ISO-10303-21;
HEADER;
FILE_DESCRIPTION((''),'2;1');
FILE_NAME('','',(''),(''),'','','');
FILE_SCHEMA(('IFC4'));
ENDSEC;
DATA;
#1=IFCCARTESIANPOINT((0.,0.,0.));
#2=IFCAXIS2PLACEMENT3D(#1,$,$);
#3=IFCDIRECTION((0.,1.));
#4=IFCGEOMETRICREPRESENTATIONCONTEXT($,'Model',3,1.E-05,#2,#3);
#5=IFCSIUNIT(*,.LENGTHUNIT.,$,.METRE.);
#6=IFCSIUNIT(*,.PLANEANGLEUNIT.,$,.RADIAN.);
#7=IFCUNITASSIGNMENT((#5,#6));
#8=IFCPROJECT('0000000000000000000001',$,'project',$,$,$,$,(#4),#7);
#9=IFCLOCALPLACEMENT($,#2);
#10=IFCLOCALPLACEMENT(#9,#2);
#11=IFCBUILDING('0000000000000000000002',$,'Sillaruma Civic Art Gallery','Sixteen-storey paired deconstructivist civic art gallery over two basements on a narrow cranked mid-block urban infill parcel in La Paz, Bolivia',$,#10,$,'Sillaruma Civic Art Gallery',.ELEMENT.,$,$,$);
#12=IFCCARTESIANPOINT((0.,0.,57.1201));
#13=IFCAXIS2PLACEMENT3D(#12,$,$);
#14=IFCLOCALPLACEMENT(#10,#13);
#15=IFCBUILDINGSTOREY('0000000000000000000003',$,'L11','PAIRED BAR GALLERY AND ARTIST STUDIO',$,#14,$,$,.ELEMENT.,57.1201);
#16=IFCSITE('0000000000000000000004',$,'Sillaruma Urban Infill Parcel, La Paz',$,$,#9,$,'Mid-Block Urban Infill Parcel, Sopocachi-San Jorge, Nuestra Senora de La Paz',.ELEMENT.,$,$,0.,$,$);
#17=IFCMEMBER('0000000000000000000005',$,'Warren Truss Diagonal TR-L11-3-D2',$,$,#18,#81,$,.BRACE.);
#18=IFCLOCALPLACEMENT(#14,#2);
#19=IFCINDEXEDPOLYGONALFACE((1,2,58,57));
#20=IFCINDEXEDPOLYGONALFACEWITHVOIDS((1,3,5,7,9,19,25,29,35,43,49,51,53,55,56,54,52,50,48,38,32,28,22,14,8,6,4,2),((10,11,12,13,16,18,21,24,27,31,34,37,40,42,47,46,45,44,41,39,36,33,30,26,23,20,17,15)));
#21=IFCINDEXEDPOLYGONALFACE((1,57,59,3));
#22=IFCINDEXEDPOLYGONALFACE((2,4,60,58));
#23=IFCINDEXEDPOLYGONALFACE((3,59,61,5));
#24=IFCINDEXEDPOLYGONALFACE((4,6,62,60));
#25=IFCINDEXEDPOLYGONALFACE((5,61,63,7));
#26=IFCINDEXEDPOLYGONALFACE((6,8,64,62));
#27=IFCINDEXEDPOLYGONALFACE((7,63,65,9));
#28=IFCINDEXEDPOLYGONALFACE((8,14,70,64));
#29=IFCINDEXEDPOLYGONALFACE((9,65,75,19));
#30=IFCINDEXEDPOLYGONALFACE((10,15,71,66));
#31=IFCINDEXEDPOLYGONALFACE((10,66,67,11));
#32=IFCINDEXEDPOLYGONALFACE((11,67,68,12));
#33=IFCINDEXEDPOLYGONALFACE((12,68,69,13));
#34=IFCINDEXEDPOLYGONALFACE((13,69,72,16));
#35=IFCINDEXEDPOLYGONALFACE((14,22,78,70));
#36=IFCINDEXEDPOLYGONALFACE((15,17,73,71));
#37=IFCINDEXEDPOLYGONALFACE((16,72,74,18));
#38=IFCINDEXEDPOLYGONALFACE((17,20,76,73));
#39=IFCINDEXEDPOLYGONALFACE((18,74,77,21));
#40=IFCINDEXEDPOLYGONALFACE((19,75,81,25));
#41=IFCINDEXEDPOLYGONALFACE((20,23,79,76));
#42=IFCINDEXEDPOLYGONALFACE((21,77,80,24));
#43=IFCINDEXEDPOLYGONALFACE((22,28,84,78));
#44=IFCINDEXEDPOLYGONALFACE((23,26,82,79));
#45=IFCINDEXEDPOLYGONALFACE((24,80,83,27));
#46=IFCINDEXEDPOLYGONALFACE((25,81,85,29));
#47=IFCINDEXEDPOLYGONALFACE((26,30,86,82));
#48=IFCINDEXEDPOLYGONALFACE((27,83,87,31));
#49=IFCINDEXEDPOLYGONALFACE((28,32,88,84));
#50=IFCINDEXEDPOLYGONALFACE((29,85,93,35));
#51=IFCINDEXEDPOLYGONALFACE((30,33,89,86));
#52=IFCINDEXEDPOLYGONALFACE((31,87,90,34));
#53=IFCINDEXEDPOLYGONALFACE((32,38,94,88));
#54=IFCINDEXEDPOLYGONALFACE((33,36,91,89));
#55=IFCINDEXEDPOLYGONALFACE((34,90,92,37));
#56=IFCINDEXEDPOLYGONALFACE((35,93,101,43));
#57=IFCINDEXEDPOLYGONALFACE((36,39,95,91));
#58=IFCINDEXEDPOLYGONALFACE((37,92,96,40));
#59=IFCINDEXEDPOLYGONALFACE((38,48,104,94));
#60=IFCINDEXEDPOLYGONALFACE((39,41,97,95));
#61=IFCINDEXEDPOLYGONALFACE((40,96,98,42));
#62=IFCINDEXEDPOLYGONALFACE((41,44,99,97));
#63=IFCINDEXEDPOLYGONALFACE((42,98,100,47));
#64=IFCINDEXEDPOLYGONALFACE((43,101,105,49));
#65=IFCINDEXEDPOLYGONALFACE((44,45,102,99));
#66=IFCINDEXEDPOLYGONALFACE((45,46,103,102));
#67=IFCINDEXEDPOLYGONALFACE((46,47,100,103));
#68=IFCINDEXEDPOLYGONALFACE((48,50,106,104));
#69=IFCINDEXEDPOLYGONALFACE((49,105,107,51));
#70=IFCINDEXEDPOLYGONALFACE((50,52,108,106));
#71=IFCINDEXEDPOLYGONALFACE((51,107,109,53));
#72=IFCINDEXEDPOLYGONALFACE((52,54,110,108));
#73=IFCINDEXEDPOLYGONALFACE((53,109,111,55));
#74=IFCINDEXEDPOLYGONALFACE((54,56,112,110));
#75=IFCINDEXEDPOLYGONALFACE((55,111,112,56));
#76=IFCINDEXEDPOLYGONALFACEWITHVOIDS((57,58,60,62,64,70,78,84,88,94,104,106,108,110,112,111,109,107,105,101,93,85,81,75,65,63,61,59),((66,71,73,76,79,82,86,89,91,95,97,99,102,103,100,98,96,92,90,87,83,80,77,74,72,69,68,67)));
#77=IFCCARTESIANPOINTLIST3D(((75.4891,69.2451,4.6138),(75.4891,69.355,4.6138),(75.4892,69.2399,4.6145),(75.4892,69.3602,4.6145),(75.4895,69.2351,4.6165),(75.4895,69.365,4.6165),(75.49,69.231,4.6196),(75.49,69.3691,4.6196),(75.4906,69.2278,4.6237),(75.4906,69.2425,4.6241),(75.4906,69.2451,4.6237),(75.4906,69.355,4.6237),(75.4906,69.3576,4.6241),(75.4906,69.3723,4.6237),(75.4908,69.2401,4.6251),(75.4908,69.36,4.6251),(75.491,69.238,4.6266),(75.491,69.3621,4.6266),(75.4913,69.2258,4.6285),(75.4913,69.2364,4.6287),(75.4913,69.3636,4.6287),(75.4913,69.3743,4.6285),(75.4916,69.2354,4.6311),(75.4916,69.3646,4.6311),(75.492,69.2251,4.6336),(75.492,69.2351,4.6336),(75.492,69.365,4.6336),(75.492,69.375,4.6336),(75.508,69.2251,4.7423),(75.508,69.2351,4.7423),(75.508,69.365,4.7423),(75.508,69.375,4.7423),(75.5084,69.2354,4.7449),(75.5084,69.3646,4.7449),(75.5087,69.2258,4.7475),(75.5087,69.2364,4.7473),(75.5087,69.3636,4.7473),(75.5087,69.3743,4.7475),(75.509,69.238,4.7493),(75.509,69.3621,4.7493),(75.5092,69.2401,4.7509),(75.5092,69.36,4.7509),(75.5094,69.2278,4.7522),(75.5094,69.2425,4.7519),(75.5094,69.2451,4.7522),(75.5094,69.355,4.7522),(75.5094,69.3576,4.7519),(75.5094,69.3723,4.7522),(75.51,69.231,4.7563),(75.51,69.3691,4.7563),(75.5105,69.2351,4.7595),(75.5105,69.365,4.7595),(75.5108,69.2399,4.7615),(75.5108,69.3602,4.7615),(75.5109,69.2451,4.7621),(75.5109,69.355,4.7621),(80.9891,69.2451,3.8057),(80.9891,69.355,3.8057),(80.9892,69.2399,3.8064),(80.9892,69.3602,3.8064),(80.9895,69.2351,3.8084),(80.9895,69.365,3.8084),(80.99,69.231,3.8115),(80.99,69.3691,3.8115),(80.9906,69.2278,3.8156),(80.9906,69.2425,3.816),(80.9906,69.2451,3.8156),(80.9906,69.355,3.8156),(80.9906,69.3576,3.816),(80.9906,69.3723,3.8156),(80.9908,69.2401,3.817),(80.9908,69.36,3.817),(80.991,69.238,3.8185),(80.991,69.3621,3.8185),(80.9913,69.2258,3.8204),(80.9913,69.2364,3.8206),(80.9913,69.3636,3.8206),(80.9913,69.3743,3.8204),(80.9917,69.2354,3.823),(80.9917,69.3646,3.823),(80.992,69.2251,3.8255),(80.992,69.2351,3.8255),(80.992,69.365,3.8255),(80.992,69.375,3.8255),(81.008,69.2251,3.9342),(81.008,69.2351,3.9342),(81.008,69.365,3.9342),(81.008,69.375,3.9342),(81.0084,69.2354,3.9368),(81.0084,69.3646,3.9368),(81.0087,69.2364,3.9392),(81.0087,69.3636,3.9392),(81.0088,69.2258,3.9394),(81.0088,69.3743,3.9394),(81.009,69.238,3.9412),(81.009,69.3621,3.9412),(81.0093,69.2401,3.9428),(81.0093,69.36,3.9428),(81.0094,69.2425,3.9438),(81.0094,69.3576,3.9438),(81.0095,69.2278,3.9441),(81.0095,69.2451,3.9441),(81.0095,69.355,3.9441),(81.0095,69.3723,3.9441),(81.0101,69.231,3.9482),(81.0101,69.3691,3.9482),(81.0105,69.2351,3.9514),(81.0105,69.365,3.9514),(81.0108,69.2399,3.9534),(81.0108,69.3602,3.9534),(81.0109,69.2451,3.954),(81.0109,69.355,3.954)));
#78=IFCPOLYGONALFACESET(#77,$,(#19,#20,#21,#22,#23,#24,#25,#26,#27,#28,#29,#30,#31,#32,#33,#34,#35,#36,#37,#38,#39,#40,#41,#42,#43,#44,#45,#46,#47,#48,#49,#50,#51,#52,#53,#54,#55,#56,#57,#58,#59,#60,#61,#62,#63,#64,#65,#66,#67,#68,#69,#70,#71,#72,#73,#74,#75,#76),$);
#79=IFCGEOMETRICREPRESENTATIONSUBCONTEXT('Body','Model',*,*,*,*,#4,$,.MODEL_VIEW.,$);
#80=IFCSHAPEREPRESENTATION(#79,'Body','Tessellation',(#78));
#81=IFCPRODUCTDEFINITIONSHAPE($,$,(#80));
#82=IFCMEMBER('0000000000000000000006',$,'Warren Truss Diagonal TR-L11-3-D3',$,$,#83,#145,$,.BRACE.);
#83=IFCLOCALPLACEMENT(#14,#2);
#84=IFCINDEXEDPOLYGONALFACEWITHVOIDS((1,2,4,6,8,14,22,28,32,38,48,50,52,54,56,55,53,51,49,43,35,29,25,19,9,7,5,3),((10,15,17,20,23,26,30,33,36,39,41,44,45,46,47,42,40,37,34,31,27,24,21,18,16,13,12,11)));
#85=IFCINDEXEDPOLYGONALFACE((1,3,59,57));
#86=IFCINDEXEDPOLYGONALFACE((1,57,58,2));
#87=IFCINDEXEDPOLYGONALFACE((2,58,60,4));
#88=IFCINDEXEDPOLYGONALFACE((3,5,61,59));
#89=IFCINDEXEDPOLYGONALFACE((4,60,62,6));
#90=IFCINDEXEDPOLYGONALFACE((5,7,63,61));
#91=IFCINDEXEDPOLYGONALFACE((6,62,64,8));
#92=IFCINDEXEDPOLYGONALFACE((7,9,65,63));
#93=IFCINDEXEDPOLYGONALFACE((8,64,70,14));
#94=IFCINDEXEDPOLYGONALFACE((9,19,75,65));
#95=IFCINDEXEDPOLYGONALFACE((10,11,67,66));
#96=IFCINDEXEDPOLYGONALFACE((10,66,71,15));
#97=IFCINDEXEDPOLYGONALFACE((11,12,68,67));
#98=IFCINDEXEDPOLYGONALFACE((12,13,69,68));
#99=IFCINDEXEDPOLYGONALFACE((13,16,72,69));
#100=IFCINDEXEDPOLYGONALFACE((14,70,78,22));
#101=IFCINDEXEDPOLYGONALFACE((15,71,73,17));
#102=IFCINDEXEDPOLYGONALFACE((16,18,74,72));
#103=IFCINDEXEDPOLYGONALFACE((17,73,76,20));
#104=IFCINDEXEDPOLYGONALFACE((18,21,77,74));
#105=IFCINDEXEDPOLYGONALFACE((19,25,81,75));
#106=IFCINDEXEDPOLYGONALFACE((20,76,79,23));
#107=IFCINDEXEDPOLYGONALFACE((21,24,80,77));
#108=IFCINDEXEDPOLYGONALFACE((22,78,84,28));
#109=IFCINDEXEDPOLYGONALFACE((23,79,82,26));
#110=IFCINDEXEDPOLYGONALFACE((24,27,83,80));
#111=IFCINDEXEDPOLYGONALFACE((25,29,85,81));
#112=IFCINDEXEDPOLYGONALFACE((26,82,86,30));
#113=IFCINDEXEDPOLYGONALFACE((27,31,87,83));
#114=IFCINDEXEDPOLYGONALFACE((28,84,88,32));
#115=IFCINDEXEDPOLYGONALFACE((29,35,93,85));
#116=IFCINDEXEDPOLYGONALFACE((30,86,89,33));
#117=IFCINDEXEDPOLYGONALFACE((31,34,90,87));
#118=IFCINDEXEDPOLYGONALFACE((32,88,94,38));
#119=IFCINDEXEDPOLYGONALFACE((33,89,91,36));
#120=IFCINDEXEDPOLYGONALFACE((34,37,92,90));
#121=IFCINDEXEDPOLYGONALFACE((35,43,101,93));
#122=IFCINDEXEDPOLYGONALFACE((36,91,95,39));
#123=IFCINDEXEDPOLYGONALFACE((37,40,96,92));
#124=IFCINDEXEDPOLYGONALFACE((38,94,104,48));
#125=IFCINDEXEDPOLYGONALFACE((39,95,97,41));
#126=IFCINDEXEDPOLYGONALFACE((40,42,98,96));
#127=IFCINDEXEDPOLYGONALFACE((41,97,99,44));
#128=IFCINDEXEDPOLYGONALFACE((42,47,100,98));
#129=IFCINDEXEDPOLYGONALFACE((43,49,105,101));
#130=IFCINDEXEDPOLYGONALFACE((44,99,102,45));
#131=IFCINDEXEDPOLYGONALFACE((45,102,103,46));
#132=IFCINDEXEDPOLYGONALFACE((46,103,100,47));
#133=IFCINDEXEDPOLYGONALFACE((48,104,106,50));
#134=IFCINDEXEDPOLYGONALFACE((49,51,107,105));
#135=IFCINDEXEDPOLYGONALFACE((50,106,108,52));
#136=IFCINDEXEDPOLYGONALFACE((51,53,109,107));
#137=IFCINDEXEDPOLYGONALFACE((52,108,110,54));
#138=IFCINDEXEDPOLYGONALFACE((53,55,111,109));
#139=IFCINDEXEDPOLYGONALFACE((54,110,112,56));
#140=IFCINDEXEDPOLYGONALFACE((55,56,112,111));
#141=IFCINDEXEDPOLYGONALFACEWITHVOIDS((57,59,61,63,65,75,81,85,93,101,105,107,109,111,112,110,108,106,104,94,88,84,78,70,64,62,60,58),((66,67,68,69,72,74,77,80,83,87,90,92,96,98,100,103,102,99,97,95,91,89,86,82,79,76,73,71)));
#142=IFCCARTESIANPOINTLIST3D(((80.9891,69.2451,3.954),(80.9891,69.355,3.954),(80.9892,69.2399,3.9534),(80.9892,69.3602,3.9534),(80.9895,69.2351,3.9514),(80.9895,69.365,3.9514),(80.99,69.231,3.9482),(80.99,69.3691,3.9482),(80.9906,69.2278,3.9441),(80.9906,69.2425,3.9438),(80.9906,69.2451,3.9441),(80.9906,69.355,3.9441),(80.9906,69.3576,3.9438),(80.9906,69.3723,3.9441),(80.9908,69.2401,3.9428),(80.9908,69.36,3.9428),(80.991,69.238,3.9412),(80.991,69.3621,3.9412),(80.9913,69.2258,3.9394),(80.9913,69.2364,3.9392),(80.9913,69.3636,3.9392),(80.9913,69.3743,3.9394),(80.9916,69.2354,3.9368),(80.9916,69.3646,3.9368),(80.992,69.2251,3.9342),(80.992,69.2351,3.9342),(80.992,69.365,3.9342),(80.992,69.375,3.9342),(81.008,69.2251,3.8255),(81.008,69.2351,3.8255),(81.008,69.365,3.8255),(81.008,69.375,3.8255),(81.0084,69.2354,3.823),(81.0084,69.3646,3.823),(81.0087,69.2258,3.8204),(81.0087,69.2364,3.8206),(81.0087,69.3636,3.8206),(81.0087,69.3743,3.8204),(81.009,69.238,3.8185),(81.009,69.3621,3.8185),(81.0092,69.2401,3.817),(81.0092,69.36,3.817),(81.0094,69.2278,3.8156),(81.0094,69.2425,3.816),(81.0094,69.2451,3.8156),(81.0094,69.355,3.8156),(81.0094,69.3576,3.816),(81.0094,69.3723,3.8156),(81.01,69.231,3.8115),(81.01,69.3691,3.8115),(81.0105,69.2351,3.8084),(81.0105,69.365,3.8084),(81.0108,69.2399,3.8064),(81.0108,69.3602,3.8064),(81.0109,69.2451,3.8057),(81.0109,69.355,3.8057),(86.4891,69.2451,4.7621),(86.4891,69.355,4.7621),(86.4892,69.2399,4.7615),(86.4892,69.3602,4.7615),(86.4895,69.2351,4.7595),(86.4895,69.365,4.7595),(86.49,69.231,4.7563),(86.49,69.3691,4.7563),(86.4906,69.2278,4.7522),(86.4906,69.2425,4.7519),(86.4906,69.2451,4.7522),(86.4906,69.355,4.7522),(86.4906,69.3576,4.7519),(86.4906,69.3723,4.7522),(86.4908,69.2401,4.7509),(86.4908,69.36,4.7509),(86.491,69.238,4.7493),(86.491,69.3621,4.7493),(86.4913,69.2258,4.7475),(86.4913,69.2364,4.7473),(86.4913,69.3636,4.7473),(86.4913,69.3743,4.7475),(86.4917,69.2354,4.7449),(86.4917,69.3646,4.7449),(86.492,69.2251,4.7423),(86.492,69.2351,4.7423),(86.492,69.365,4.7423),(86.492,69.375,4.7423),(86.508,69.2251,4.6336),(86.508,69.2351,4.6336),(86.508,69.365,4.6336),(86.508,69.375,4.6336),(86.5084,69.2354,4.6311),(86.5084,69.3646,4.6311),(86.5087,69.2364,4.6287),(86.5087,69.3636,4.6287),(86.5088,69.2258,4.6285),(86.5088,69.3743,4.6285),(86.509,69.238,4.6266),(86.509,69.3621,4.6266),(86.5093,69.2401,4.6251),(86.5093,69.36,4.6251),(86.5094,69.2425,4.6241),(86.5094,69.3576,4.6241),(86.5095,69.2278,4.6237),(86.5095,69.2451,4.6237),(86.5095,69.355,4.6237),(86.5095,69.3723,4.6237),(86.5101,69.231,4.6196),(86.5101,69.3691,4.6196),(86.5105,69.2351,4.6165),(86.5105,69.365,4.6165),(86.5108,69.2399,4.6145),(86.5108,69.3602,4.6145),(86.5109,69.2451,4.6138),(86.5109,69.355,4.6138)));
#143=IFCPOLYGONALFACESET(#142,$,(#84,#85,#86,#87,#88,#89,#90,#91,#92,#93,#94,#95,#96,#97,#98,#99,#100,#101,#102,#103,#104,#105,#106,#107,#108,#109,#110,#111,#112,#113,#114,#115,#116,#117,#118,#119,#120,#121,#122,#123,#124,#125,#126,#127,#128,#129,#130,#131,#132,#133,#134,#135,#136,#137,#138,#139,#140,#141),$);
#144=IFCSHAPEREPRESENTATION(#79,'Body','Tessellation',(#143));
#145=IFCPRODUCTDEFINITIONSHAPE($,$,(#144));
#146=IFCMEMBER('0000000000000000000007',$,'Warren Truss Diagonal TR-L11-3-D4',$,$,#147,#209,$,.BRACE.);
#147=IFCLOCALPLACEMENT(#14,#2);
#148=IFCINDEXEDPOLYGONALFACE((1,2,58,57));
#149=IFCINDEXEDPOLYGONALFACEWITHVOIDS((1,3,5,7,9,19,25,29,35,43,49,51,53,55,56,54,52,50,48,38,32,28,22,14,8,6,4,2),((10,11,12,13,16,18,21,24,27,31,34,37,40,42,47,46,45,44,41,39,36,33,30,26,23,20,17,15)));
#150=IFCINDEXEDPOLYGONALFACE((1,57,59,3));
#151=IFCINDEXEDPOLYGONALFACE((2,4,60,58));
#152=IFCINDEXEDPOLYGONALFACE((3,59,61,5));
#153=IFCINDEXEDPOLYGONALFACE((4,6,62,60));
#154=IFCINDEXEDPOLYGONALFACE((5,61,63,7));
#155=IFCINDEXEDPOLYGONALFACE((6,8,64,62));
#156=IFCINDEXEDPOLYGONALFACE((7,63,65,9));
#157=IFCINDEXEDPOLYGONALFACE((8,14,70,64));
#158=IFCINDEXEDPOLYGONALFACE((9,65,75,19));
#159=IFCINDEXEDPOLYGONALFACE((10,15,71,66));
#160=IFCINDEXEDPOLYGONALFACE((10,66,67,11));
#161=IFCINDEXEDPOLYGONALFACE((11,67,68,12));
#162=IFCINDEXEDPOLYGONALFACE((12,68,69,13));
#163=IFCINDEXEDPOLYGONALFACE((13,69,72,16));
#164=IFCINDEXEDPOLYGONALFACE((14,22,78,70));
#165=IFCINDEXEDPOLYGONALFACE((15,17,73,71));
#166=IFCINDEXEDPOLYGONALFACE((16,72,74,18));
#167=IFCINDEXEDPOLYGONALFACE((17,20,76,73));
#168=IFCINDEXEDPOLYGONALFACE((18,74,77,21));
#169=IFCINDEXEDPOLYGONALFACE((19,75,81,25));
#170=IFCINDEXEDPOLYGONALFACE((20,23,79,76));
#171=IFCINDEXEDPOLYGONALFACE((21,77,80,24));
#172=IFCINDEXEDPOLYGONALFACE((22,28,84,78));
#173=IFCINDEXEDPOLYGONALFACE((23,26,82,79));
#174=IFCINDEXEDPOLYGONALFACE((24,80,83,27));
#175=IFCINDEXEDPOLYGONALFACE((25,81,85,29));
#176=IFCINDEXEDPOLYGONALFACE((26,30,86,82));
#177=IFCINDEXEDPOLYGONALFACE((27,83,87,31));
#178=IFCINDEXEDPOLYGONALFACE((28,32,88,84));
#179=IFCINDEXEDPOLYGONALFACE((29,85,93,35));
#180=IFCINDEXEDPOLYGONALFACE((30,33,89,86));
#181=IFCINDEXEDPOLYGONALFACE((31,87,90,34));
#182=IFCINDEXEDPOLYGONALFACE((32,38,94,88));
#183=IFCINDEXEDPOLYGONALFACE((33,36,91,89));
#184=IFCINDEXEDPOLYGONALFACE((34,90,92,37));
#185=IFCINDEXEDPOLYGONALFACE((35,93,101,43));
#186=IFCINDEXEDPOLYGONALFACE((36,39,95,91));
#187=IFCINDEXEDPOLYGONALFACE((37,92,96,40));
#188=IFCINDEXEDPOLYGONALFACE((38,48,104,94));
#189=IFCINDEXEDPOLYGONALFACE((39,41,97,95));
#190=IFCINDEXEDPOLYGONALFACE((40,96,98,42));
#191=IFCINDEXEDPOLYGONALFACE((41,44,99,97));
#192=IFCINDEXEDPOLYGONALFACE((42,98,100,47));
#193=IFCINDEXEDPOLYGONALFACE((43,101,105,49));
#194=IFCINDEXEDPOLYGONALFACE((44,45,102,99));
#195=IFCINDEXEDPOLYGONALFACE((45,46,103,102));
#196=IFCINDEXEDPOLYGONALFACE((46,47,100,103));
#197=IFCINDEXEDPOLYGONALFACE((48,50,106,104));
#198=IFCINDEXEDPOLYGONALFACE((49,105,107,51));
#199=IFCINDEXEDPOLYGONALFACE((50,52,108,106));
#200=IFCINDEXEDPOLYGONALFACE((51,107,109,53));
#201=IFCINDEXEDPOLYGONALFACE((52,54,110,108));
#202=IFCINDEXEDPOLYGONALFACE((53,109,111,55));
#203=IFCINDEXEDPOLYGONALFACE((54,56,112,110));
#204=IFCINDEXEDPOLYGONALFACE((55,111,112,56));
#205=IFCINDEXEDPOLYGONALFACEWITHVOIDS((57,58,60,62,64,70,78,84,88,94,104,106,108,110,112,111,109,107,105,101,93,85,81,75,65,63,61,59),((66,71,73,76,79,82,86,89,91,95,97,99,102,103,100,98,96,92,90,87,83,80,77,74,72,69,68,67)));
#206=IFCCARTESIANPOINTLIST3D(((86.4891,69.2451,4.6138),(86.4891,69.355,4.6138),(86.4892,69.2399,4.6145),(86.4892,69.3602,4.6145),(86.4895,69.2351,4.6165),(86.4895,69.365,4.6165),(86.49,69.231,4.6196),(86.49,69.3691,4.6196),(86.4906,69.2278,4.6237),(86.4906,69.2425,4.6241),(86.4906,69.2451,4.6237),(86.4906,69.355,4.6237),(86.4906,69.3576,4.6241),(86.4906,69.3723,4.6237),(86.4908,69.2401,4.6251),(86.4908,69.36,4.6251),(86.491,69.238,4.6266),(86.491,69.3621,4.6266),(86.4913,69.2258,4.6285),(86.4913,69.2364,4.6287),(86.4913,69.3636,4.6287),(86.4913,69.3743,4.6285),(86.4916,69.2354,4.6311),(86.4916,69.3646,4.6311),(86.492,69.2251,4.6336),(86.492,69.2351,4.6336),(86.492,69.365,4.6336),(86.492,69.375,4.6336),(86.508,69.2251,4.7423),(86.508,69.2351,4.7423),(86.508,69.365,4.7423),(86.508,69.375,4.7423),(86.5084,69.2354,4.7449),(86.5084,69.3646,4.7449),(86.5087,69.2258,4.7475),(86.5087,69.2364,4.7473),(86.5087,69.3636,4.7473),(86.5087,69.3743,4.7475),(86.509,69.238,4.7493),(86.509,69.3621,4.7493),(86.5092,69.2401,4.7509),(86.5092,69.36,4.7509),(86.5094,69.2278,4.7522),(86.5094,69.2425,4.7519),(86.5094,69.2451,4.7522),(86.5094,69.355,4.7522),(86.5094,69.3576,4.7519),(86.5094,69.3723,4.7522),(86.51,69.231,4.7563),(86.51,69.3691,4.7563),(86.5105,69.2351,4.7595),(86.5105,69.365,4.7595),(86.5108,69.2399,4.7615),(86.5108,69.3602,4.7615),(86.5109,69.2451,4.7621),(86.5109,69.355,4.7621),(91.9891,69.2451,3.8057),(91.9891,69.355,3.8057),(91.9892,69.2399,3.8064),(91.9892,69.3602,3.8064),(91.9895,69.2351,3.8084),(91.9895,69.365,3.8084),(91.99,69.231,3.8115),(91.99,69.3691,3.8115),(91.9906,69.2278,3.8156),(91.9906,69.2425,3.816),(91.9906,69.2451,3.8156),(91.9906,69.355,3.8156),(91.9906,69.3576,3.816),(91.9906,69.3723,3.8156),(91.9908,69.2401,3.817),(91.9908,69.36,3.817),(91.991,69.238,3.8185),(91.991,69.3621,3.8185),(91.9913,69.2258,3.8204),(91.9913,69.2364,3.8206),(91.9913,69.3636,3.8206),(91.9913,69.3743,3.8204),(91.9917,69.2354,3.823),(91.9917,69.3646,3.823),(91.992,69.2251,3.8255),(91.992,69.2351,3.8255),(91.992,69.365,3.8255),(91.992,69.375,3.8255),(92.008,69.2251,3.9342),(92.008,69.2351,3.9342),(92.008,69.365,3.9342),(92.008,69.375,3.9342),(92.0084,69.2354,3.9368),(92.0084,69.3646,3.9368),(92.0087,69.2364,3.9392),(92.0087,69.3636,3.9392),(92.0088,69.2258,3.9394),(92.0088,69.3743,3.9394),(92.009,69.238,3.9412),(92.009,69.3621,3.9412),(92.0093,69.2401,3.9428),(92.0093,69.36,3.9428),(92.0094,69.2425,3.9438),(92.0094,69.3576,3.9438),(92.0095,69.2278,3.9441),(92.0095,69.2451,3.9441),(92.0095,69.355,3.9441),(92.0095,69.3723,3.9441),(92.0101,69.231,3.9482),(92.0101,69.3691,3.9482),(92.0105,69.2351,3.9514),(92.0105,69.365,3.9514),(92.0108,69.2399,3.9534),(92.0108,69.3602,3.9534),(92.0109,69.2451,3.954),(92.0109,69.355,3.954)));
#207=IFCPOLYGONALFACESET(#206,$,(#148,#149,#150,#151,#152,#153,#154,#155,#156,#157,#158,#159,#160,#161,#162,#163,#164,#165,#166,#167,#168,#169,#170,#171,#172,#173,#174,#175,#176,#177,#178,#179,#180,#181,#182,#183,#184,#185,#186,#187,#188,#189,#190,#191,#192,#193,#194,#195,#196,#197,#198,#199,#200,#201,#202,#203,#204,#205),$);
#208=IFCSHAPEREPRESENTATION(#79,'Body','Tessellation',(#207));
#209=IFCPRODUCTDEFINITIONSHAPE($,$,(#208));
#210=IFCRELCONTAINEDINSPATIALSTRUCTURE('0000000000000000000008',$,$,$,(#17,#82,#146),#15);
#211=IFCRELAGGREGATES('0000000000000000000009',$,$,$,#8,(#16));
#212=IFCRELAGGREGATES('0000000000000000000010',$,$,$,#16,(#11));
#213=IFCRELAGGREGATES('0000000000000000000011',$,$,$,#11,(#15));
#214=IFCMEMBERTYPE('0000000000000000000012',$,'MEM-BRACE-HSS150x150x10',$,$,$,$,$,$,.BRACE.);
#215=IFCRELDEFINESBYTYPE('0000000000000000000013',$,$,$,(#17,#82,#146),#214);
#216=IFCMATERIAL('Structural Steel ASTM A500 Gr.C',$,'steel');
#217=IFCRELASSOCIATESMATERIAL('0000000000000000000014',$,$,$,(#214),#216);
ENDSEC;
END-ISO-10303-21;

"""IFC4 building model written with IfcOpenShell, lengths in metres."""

from ifc_helpers import new_model, si_unit, direction, frame, origin, origin_2d, place, context, subcontext, project, spatial, hollow_rectangle, extrude, material, material_profile, profile_set, type_object, element, save


model = new_model("IFC4")

# Units and contexts
model_context = context("Model", 3, precision=1e-05, world=origin(), true_north=direction((0.0, 1.0)))
body_context = subcontext(model_context, "Body", "Model", "MODEL_VIEW")
ifc_project = project(units=[si_unit("LENGTHUNIT", "METRE"), si_unit("PLANEANGLEUNIT", "RADIAN")], contexts=[model_context])

# Site, building, storey
site_placement = place(None, origin())
site = spatial("IfcSite", under=ifc_project, at=site_placement, Name="Sillaruma Urban Infill Parcel, La Paz", LongName="Mid-Block Urban Infill Parcel, Sopocachi-San Jorge, Nuestra Senora de La Paz", CompositionType="ELEMENT", RefElevation=0.0)
building_placement = place(site_placement, origin())
building = spatial("IfcBuilding", under=site, at=building_placement, Name="Sillaruma Civic Art Gallery", Description="Sixteen-storey paired deconstructivist civic art gallery over two basements on a narrow cranked mid-block urban infill parcel in La Paz, Bolivia", LongName="Sillaruma Civic Art Gallery", CompositionType="ELEMENT")
storey_placement = place(building_placement, frame((0.0, 0.0, 57.1201)))
storey = spatial("IfcBuildingStorey", under=building, at=storey_placement, Name="L11", Description="PAIRED BAR GALLERY AND ARTIST STUDIO", CompositionType="ELEMENT", Elevation=57.1201)

# Shared definitions
ifc_material_1 = material(Name="Structural Steel ASTM A500 Gr.C", Category="steel")

# Members
ifc_material_profile_1 = material_profile(ifc_material_1, hollow_rectangle(XDim=0.1499, YDim=0.1499, WallThickness=0.01, InnerFilletRadius=0.01, OuterFilletRadius=0.02, at=origin_2d()), Name="HSS150x150x10")
ifc_profile_set_1 = profile_set([ifc_material_profile_1], Name="Structural Steel ASTM A500 Gr.C")
member_type_1 = type_object("IfcMemberType", Name="MEM-BRACE-HSS150x150x10", PredefinedType="BRACE", material=ifc_profile_set_1)
for number, where, z_axis, x_axis, name in (
    (1, (75.5, 69.3, 4.688), (0.989378, 0.0, -0.145368), (0.0, 1.0, 0.0), "Warren Truss Diagonal TR-L11-3-D2"),
    (2, (81.0, 69.3, 3.8799), (0.989378, 0.0, 0.145368), (0.0, 1.0, 0.0), "Warren Truss Diagonal TR-L11-3-D3"),
    (3, (86.5, 69.3, 4.688), (0.989378, 0.0, -0.145368), (0.0, 1.0, 0.0), "Warren Truss Diagonal TR-L11-3-D4"),
):
    element("IfcMember", number, at=place(storey_placement, frame(where, z_axis=z_axis, x_axis=x_axis)), inside=storey, type_object=member_type_1, Name=name, PredefinedType="BRACE", context=body_context, shape_type="SweptSolid", body=[
        extrude(hollow_rectangle(XDim=0.1499, YDim=0.1499, WallThickness=0.01, InnerFilletRadius=0.01, OuterFilletRadius=0.02, at=origin_2d()), origin(), (0.0, 0.0, 1.0), 5.5591),
    ])

save(model, "model.ifc")
